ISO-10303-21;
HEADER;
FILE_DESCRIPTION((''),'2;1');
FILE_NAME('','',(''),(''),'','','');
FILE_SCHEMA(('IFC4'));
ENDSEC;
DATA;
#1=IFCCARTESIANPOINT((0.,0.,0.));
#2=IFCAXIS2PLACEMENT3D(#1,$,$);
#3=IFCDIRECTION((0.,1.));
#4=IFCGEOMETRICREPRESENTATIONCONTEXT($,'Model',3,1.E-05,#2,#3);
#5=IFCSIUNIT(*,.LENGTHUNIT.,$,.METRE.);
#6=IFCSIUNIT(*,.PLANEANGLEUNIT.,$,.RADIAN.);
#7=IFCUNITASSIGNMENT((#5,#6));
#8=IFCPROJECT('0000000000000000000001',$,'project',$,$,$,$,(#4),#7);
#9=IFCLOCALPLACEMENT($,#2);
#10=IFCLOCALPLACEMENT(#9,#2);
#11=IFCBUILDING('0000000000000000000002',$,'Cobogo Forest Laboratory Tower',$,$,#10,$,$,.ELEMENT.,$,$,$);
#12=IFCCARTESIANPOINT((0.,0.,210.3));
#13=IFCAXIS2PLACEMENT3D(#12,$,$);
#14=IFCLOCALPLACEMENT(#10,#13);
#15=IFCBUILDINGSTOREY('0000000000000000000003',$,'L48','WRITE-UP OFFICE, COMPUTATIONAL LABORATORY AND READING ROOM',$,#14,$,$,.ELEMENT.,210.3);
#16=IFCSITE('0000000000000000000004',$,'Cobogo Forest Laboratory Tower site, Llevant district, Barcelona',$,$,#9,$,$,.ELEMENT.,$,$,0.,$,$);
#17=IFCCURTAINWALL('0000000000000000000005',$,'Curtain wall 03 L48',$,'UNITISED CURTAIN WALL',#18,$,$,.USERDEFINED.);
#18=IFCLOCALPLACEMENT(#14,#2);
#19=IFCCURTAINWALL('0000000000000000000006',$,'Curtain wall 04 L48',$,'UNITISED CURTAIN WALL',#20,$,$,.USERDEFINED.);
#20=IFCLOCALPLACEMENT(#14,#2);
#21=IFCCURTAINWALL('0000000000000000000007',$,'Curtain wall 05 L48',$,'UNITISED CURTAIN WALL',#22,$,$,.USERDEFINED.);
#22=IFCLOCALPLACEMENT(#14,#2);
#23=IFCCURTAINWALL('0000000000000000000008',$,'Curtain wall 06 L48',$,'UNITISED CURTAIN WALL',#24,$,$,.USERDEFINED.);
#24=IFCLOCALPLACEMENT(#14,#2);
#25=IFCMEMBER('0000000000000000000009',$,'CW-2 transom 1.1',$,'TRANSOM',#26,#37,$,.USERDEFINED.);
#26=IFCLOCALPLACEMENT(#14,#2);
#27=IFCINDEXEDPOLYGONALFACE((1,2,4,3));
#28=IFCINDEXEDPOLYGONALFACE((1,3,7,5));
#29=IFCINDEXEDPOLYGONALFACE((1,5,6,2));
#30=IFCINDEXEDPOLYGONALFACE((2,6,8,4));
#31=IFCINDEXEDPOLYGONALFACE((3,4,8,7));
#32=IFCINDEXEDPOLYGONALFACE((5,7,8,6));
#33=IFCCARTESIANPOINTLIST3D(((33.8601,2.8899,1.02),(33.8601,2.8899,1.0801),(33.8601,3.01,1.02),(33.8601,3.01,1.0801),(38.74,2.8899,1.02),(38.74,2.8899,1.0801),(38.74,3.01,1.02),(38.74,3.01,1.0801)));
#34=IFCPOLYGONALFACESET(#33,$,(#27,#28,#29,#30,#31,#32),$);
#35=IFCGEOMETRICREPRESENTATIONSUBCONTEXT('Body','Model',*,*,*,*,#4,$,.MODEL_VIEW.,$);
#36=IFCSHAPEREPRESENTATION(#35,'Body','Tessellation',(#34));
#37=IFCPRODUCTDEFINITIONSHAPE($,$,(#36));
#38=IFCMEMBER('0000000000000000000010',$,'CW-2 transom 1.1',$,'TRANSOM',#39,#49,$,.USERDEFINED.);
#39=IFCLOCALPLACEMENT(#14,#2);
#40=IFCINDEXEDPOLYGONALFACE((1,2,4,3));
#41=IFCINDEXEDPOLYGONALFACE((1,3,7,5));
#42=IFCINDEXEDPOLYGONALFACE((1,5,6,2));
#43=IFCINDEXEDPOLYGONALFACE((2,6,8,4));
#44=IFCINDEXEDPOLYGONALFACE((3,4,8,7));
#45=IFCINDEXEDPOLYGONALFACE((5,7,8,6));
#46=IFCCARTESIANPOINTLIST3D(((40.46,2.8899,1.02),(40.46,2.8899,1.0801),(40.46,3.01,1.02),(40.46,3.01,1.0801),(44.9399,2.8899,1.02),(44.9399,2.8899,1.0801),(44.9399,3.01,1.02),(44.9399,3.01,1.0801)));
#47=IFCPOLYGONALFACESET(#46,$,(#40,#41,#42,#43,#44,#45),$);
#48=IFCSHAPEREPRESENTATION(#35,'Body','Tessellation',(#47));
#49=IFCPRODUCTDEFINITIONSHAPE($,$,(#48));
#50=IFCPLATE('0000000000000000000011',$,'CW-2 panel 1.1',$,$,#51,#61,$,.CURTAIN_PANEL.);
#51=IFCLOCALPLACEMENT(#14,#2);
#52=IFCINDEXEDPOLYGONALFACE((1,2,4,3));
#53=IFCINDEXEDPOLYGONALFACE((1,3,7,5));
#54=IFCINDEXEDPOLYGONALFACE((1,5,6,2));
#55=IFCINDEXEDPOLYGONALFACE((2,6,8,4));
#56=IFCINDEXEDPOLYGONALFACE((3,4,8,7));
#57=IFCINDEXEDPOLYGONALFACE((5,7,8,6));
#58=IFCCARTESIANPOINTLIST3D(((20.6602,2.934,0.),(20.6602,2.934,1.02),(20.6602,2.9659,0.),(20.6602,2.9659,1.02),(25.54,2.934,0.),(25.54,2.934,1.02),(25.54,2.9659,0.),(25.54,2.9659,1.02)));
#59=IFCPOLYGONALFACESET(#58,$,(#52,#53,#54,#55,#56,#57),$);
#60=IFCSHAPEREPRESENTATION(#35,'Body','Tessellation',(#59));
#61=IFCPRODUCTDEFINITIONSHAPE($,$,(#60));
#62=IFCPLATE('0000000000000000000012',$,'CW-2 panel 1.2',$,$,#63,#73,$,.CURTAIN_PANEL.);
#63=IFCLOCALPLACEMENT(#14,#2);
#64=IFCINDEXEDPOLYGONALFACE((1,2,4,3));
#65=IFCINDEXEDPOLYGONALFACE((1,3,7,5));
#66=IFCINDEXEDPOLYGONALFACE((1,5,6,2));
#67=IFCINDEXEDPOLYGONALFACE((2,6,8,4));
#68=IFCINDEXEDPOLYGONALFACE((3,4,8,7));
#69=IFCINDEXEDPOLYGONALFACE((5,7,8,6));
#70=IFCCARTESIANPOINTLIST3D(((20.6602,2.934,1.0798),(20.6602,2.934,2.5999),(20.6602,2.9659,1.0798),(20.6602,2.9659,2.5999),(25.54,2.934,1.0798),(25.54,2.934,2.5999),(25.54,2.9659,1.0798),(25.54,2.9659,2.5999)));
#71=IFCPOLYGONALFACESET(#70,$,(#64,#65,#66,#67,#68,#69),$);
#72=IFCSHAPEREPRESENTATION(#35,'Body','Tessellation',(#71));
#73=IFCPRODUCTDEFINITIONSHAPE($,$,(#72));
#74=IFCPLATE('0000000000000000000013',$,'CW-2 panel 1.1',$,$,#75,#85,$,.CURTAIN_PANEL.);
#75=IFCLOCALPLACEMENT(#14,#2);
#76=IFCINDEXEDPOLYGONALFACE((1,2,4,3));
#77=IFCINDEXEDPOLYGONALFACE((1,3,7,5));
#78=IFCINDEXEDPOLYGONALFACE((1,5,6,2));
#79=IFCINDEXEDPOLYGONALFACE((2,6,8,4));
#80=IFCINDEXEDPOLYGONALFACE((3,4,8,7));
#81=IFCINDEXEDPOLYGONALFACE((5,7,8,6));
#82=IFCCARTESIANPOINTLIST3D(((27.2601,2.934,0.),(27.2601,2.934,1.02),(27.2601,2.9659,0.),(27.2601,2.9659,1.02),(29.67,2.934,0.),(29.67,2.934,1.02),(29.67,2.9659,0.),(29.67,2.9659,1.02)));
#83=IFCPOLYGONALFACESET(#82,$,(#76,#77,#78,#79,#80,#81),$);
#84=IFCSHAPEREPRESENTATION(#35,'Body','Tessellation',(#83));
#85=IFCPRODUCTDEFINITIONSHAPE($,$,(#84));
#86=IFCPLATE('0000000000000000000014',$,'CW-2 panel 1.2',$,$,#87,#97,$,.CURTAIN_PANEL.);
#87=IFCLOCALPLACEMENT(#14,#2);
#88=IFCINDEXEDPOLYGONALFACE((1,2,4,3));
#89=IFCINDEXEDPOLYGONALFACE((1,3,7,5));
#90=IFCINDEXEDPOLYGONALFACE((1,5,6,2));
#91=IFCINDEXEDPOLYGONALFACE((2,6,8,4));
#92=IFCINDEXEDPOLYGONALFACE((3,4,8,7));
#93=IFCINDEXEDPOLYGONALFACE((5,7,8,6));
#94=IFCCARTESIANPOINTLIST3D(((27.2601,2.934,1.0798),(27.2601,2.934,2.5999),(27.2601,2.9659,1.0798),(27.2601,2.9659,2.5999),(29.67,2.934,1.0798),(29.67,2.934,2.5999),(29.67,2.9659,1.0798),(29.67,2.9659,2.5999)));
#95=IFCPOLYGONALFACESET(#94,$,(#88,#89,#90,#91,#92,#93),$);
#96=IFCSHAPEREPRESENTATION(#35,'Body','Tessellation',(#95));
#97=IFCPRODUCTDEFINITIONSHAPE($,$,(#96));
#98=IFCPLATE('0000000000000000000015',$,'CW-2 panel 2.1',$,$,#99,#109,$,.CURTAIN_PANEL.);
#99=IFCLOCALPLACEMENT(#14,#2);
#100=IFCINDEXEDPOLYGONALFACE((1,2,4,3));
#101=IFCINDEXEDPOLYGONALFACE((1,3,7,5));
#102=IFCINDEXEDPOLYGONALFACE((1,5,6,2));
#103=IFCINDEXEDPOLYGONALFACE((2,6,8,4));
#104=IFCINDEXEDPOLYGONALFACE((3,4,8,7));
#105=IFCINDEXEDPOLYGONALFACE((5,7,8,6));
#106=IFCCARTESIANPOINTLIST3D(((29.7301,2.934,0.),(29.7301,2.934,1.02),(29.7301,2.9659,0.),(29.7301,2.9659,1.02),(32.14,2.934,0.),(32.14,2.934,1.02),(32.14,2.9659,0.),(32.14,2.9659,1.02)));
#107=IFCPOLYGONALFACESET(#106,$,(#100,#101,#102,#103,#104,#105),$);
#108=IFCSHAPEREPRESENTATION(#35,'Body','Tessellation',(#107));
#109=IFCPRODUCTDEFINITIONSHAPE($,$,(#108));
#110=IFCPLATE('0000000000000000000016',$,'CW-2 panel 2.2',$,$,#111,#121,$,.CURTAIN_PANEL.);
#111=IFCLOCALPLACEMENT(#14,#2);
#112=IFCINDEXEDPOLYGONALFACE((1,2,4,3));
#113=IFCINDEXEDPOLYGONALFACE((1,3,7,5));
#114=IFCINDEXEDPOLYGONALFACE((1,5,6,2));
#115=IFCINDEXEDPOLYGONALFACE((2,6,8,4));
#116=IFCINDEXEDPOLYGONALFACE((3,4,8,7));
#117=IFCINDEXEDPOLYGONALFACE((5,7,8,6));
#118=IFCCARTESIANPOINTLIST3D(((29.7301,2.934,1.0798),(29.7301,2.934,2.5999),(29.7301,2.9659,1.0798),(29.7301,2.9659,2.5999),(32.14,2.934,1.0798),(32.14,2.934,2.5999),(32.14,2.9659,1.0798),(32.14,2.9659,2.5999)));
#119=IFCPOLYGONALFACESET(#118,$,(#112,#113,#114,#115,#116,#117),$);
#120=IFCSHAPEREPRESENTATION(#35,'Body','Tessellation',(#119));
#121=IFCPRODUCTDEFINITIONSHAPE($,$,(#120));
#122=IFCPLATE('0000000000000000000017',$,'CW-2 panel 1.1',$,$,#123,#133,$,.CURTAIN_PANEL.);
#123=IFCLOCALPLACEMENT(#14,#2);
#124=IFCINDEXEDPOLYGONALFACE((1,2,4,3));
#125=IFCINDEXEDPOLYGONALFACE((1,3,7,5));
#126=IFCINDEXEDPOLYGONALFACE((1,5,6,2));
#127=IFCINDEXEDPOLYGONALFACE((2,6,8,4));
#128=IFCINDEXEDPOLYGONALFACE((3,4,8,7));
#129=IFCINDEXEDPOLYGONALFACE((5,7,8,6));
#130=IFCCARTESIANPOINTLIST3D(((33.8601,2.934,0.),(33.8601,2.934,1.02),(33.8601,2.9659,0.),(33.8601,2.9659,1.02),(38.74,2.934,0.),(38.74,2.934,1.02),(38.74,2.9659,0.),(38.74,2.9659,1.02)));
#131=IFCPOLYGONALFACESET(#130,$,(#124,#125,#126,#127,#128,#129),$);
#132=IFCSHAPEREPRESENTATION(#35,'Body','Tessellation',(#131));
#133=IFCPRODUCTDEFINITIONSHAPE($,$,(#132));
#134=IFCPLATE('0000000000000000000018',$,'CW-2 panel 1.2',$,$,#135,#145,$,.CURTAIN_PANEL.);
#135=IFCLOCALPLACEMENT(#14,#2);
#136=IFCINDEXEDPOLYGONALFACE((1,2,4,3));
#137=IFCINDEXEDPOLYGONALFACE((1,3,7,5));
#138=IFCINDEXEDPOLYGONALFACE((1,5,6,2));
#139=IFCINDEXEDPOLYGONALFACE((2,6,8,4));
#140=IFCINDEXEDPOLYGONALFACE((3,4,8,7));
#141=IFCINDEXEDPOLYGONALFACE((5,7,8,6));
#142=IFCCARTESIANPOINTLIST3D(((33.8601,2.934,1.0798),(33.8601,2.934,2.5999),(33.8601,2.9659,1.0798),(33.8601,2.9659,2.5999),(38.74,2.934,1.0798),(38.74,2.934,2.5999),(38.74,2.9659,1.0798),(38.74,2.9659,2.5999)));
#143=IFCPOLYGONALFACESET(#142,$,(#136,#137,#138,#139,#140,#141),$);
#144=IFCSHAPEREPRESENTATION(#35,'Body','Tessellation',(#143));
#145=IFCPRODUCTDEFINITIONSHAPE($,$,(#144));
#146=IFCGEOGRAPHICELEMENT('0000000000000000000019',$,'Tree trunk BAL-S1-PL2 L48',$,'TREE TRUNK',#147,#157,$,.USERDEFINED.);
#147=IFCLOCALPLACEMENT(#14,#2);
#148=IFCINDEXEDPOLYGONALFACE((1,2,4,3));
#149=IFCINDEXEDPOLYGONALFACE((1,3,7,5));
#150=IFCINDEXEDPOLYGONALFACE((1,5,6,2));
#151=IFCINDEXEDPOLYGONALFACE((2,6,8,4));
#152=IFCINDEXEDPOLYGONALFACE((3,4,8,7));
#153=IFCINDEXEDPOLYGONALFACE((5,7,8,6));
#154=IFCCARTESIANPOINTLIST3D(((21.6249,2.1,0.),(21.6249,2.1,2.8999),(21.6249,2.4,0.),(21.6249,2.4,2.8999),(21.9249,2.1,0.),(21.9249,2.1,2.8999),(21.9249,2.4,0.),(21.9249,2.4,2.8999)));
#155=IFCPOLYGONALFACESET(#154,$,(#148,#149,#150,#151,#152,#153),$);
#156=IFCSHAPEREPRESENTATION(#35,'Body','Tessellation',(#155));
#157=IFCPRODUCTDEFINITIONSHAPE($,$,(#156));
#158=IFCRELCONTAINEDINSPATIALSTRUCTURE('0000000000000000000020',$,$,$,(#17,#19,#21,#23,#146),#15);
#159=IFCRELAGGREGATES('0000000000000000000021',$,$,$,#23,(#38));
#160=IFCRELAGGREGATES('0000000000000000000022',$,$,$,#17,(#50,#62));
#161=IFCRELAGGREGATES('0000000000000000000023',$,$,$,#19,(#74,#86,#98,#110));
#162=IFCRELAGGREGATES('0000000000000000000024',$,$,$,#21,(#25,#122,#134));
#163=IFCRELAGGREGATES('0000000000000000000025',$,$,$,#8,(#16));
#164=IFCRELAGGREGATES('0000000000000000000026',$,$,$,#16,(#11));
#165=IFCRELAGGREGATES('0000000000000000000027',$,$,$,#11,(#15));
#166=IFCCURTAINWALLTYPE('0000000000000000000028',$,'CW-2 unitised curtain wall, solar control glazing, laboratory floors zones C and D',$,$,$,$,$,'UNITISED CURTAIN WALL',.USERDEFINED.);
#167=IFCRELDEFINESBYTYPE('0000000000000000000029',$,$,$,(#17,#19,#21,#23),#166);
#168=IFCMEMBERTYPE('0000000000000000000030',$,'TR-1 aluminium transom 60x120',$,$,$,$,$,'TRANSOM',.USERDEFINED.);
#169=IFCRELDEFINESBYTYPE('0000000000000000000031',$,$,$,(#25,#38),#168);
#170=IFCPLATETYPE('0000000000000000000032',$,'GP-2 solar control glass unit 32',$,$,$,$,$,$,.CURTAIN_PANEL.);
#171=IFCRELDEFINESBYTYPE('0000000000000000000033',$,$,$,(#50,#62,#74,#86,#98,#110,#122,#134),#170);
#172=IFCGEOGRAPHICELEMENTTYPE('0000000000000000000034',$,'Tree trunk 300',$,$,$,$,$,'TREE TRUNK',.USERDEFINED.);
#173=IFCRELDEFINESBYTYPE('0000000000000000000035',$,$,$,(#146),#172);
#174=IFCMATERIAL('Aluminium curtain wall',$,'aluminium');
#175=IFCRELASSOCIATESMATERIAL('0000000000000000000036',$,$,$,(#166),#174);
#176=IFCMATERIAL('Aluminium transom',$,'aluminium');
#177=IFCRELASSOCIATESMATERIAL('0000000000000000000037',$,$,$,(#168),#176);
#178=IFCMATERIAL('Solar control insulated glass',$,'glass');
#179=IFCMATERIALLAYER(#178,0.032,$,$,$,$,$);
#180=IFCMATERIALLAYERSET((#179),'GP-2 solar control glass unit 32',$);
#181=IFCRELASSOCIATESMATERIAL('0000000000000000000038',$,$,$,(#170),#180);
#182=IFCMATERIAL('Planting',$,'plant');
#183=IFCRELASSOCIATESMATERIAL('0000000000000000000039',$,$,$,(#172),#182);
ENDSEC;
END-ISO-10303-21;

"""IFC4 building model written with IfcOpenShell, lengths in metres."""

from ifc_helpers import new_model, si_unit, direction, frame, origin, origin_2d, place, context, subcontext, project, spatial, rectangle, extrude, material, layer, layer_set, material_profile, profile_set, type_object, element, aggregate, save


model = new_model("IFC4")

# Units and contexts
model_context = context("Model", 3, precision=1e-05, world=origin(), true_north=direction((0.0, 1.0)))
body_context = subcontext(model_context, "Body", "Model", "MODEL_VIEW")
ifc_project = project(units=[si_unit("LENGTHUNIT", "METRE"), si_unit("PLANEANGLEUNIT", "RADIAN")], contexts=[model_context])

# Site, building, storey
site_placement = place(None, origin())
site = spatial("IfcSite", under=ifc_project, at=site_placement, Name="Cobogo Forest Laboratory Tower site, Llevant district, Barcelona", CompositionType="ELEMENT", RefElevation=0.0)
building_placement = place(site_placement, origin())
building = spatial("IfcBuilding", under=site, at=building_placement, Name="Cobogo Forest Laboratory Tower", CompositionType="ELEMENT")
storey_placement = place(building_placement, frame((0.0, 0.0, 210.3)))
storey = spatial("IfcBuildingStorey", under=building, at=storey_placement, Name="L48", Description="WRITE-UP OFFICE, COMPUTATIONAL LABORATORY AND READING ROOM", CompositionType="ELEMENT", Elevation=210.3)

# Curtain walls
ifc_material_1 = material(Name="Aluminium curtain wall", Category="aluminium")
curtain_wall_type = type_object("IfcCurtainWallType", Name="CW-2 unitised curtain wall, solar control glazing, laboratory floors zones C and D", ElementType="UNITISED CURTAIN WALL", PredefinedType="USERDEFINED", material=ifc_material_1)
curtain_wall_1_placement = place(storey_placement, origin())
curtain_wall_1 = element("IfcCurtainWall", 1, at=curtain_wall_1_placement, inside=storey, type_object=curtain_wall_type, Name="Curtain wall 03 L48", ObjectType="UNITISED CURTAIN WALL", PredefinedType="USERDEFINED")
curtain_wall_2_placement = place(storey_placement, origin())
curtain_wall_2 = element("IfcCurtainWall", 2, at=curtain_wall_2_placement, inside=storey, type_object=curtain_wall_type, Name="Curtain wall 04 L48", ObjectType="UNITISED CURTAIN WALL", PredefinedType="USERDEFINED")
curtain_wall_3_placement = place(storey_placement, origin())
curtain_wall_3 = element("IfcCurtainWall", 3, at=curtain_wall_3_placement, inside=storey, type_object=curtain_wall_type, Name="Curtain wall 05 L48", ObjectType="UNITISED CURTAIN WALL", PredefinedType="USERDEFINED")

# Curtain wall
curtain_wall_4_placement = place(storey_placement, origin())
curtain_wall_4 = element("IfcCurtainWall", 4, at=curtain_wall_4_placement, inside=storey, type_object=curtain_wall_type, Name="Curtain wall 06 L48", ObjectType="UNITISED CURTAIN WALL", PredefinedType="USERDEFINED")

# Members
ifc_material_2 = material(Name="Aluminium transom", Category="aluminium")
ifc_material_profile_1 = material_profile(ifc_material_2, rectangle(XDim=0.1201, YDim=0.0601, at=origin_2d()), Name="AL 60x120")
ifc_profile_set_1 = profile_set([ifc_material_profile_1], Name="Aluminium transom")
member_type_1 = type_object("IfcMemberType", Name="TR-1 aluminium transom 60x120", ElementType="TRANSOM", PredefinedType="USERDEFINED", material=ifc_profile_set_1)
member_1_placement = place(storey_placement, frame((33.8601, 2.95, 1.05), z_axis=(1.0, 0.0, 0.0), x_axis=(0.0, 1.0, 0.0)))
member_1 = element("IfcMember", 5, at=member_1_placement, type_object=member_type_1, Name="CW-2 transom 1.1", ObjectType="TRANSOM", PredefinedType="USERDEFINED", context=body_context, shape_type="SweptSolid", body=[
    extrude(rectangle(XDim=0.1201, YDim=0.0601, at=origin_2d()), origin(), (0.0, 0.0, 1.0), 4.8799),
])
member_2_placement = place(storey_placement, frame((40.46, 2.95, 1.05), z_axis=(1.0, 0.0, 0.0), x_axis=(0.0, 1.0, 0.0)))
member_2 = element("IfcMember", 6, at=member_2_placement, type_object=member_type_1, Name="CW-2 transom 1.1", ObjectType="TRANSOM", PredefinedType="USERDEFINED", context=body_context, shape_type="SweptSolid", body=[
    extrude(rectangle(XDim=0.1201, YDim=0.0601, at=origin_2d()), origin(), (0.0, 0.0, 1.0), 4.48),
])
aggregate(curtain_wall_4, [member_2])

# Plates
ifc_material_3 = material(Name="Solar control insulated glass", Category="glass")
ifc_layer = layer(ifc_material_3, 0.032)
ifc_layer_set = layer_set([ifc_layer], Name="GP-2 solar control glass unit 32")
plate_type_1 = type_object("IfcPlateType", Name="GP-2 solar control glass unit 32", PredefinedType="CURTAIN_PANEL", material=ifc_layer_set)
plate_1_placement = place(storey_placement, frame((23.1001, 2.95, 0.0), z_axis=(0.0, 0.0, 1.0), x_axis=(1.0, 0.0, 0.0)))
plate_1 = element("IfcPlate", 7, at=plate_1_placement, type_object=plate_type_1, Name="CW-2 panel 1.1", PredefinedType="CURTAIN_PANEL", context=body_context, shape_type="SweptSolid", body=[
    extrude(rectangle(XDim=4.8799, YDim=0.032, at=origin_2d()), origin(), (0.0, 0.0, 1.0), 1.02),
])
plate_2_placement = place(storey_placement, frame((23.1001, 2.95, 1.0798), z_axis=(0.0, 0.0, 1.0), x_axis=(1.0, 0.0, 0.0)))
plate_2 = element("IfcPlate", 8, at=plate_2_placement, type_object=plate_type_1, Name="CW-2 panel 1.2", PredefinedType="CURTAIN_PANEL", context=body_context, shape_type="SweptSolid", body=[
    extrude(rectangle(XDim=4.8799, YDim=0.032, at=origin_2d()), origin(), (0.0, 0.0, 1.0), 1.52),
])
aggregate(curtain_wall_1, [plate_1, plate_2])
plate_3_placement = place(storey_placement, frame((28.4651, 2.95, 0.0), z_axis=(0.0, 0.0, 1.0), x_axis=(1.0, 0.0, 0.0)))
plate_3 = element("IfcPlate", 9, at=plate_3_placement, type_object=plate_type_1, Name="CW-2 panel 1.1", PredefinedType="CURTAIN_PANEL", context=body_context, shape_type="SweptSolid", body=[
    extrude(rectangle(XDim=2.4099, YDim=0.032, at=origin_2d()), origin(), (0.0, 0.0, 1.0), 1.02),
])
plate_4_placement = place(storey_placement, frame((28.4651, 2.95, 1.0798), z_axis=(0.0, 0.0, 1.0), x_axis=(1.0, 0.0, 0.0)))
plate_4 = element("IfcPlate", 10, at=plate_4_placement, type_object=plate_type_1, Name="CW-2 panel 1.2", PredefinedType="CURTAIN_PANEL", context=body_context, shape_type="SweptSolid", body=[
    extrude(rectangle(XDim=2.4099, YDim=0.032, at=origin_2d()), origin(), (0.0, 0.0, 1.0), 1.52),
])
plate_5_placement = place(storey_placement, frame((30.9351, 2.95, 0.0), z_axis=(0.0, 0.0, 1.0), x_axis=(1.0, 0.0, 0.0)))
plate_5 = element("IfcPlate", 11, at=plate_5_placement, type_object=plate_type_1, Name="CW-2 panel 2.1", PredefinedType="CURTAIN_PANEL", context=body_context, shape_type="SweptSolid", body=[
    extrude(rectangle(XDim=2.4099, YDim=0.032, at=origin_2d()), origin(), (0.0, 0.0, 1.0), 1.02),
])
plate_6_placement = place(storey_placement, frame((30.9351, 2.95, 1.0798), z_axis=(0.0, 0.0, 1.0), x_axis=(1.0, 0.0, 0.0)))
plate_6 = element("IfcPlate", 12, at=plate_6_placement, type_object=plate_type_1, Name="CW-2 panel 2.2", PredefinedType="CURTAIN_PANEL", context=body_context, shape_type="SweptSolid", body=[
    extrude(rectangle(XDim=2.4099, YDim=0.032, at=origin_2d()), origin(), (0.0, 0.0, 1.0), 1.52),
])
aggregate(curtain_wall_2, [plate_3, plate_4, plate_5, plate_6])
plate_7_placement = place(storey_placement, frame((36.3, 2.95, 0.0), z_axis=(0.0, 0.0, 1.0), x_axis=(1.0, 0.0, 0.0)))
plate_7 = element("IfcPlate", 13, at=plate_7_placement, type_object=plate_type_1, Name="CW-2 panel 1.1", PredefinedType="CURTAIN_PANEL", context=body_context, shape_type="SweptSolid", body=[
    extrude(rectangle(XDim=4.8799, YDim=0.032, at=origin_2d()), origin(), (0.0, 0.0, 1.0), 1.02),
])
plate_8_placement = place(storey_placement, frame((36.3, 2.95, 1.0798), z_axis=(0.0, 0.0, 1.0), x_axis=(1.0, 0.0, 0.0)))
plate_8 = element("IfcPlate", 14, at=plate_8_placement, type_object=plate_type_1, Name="CW-2 panel 1.2", PredefinedType="CURTAIN_PANEL", context=body_context, shape_type="SweptSolid", body=[
    extrude(rectangle(XDim=4.8799, YDim=0.032, at=origin_2d()), origin(), (0.0, 0.0, 1.0), 1.52),
])
aggregate(curtain_wall_3, [member_1, plate_7, plate_8])

# Geographic element
ifc_material_4 = material(Name="Planting", Category="plant")
geographic_element_type = type_object("IfcGeographicElementType", Name="Tree trunk 300", ElementType="TREE TRUNK", PredefinedType="USERDEFINED", material=ifc_material_4)
geographic_element_placement = place(storey_placement, frame((21.7749, 2.25, 0.0), z_axis=(0.0, 0.0, 1.0), x_axis=(1.0, 0.0, 0.0)))
element("IfcGeographicElement", 15, at=geographic_element_placement, inside=storey, type_object=geographic_element_type, Name="Tree trunk BAL-S1-PL2 L48", ObjectType="TREE TRUNK", PredefinedType="USERDEFINED", context=body_context, shape_type="SweptSolid", body=[
    extrude(rectangle(XDim=0.3, YDim=0.3, at=origin_2d()), origin(), (0.0, 0.0, 1.0), 2.8999),
])

save(model, "model.ifc")
